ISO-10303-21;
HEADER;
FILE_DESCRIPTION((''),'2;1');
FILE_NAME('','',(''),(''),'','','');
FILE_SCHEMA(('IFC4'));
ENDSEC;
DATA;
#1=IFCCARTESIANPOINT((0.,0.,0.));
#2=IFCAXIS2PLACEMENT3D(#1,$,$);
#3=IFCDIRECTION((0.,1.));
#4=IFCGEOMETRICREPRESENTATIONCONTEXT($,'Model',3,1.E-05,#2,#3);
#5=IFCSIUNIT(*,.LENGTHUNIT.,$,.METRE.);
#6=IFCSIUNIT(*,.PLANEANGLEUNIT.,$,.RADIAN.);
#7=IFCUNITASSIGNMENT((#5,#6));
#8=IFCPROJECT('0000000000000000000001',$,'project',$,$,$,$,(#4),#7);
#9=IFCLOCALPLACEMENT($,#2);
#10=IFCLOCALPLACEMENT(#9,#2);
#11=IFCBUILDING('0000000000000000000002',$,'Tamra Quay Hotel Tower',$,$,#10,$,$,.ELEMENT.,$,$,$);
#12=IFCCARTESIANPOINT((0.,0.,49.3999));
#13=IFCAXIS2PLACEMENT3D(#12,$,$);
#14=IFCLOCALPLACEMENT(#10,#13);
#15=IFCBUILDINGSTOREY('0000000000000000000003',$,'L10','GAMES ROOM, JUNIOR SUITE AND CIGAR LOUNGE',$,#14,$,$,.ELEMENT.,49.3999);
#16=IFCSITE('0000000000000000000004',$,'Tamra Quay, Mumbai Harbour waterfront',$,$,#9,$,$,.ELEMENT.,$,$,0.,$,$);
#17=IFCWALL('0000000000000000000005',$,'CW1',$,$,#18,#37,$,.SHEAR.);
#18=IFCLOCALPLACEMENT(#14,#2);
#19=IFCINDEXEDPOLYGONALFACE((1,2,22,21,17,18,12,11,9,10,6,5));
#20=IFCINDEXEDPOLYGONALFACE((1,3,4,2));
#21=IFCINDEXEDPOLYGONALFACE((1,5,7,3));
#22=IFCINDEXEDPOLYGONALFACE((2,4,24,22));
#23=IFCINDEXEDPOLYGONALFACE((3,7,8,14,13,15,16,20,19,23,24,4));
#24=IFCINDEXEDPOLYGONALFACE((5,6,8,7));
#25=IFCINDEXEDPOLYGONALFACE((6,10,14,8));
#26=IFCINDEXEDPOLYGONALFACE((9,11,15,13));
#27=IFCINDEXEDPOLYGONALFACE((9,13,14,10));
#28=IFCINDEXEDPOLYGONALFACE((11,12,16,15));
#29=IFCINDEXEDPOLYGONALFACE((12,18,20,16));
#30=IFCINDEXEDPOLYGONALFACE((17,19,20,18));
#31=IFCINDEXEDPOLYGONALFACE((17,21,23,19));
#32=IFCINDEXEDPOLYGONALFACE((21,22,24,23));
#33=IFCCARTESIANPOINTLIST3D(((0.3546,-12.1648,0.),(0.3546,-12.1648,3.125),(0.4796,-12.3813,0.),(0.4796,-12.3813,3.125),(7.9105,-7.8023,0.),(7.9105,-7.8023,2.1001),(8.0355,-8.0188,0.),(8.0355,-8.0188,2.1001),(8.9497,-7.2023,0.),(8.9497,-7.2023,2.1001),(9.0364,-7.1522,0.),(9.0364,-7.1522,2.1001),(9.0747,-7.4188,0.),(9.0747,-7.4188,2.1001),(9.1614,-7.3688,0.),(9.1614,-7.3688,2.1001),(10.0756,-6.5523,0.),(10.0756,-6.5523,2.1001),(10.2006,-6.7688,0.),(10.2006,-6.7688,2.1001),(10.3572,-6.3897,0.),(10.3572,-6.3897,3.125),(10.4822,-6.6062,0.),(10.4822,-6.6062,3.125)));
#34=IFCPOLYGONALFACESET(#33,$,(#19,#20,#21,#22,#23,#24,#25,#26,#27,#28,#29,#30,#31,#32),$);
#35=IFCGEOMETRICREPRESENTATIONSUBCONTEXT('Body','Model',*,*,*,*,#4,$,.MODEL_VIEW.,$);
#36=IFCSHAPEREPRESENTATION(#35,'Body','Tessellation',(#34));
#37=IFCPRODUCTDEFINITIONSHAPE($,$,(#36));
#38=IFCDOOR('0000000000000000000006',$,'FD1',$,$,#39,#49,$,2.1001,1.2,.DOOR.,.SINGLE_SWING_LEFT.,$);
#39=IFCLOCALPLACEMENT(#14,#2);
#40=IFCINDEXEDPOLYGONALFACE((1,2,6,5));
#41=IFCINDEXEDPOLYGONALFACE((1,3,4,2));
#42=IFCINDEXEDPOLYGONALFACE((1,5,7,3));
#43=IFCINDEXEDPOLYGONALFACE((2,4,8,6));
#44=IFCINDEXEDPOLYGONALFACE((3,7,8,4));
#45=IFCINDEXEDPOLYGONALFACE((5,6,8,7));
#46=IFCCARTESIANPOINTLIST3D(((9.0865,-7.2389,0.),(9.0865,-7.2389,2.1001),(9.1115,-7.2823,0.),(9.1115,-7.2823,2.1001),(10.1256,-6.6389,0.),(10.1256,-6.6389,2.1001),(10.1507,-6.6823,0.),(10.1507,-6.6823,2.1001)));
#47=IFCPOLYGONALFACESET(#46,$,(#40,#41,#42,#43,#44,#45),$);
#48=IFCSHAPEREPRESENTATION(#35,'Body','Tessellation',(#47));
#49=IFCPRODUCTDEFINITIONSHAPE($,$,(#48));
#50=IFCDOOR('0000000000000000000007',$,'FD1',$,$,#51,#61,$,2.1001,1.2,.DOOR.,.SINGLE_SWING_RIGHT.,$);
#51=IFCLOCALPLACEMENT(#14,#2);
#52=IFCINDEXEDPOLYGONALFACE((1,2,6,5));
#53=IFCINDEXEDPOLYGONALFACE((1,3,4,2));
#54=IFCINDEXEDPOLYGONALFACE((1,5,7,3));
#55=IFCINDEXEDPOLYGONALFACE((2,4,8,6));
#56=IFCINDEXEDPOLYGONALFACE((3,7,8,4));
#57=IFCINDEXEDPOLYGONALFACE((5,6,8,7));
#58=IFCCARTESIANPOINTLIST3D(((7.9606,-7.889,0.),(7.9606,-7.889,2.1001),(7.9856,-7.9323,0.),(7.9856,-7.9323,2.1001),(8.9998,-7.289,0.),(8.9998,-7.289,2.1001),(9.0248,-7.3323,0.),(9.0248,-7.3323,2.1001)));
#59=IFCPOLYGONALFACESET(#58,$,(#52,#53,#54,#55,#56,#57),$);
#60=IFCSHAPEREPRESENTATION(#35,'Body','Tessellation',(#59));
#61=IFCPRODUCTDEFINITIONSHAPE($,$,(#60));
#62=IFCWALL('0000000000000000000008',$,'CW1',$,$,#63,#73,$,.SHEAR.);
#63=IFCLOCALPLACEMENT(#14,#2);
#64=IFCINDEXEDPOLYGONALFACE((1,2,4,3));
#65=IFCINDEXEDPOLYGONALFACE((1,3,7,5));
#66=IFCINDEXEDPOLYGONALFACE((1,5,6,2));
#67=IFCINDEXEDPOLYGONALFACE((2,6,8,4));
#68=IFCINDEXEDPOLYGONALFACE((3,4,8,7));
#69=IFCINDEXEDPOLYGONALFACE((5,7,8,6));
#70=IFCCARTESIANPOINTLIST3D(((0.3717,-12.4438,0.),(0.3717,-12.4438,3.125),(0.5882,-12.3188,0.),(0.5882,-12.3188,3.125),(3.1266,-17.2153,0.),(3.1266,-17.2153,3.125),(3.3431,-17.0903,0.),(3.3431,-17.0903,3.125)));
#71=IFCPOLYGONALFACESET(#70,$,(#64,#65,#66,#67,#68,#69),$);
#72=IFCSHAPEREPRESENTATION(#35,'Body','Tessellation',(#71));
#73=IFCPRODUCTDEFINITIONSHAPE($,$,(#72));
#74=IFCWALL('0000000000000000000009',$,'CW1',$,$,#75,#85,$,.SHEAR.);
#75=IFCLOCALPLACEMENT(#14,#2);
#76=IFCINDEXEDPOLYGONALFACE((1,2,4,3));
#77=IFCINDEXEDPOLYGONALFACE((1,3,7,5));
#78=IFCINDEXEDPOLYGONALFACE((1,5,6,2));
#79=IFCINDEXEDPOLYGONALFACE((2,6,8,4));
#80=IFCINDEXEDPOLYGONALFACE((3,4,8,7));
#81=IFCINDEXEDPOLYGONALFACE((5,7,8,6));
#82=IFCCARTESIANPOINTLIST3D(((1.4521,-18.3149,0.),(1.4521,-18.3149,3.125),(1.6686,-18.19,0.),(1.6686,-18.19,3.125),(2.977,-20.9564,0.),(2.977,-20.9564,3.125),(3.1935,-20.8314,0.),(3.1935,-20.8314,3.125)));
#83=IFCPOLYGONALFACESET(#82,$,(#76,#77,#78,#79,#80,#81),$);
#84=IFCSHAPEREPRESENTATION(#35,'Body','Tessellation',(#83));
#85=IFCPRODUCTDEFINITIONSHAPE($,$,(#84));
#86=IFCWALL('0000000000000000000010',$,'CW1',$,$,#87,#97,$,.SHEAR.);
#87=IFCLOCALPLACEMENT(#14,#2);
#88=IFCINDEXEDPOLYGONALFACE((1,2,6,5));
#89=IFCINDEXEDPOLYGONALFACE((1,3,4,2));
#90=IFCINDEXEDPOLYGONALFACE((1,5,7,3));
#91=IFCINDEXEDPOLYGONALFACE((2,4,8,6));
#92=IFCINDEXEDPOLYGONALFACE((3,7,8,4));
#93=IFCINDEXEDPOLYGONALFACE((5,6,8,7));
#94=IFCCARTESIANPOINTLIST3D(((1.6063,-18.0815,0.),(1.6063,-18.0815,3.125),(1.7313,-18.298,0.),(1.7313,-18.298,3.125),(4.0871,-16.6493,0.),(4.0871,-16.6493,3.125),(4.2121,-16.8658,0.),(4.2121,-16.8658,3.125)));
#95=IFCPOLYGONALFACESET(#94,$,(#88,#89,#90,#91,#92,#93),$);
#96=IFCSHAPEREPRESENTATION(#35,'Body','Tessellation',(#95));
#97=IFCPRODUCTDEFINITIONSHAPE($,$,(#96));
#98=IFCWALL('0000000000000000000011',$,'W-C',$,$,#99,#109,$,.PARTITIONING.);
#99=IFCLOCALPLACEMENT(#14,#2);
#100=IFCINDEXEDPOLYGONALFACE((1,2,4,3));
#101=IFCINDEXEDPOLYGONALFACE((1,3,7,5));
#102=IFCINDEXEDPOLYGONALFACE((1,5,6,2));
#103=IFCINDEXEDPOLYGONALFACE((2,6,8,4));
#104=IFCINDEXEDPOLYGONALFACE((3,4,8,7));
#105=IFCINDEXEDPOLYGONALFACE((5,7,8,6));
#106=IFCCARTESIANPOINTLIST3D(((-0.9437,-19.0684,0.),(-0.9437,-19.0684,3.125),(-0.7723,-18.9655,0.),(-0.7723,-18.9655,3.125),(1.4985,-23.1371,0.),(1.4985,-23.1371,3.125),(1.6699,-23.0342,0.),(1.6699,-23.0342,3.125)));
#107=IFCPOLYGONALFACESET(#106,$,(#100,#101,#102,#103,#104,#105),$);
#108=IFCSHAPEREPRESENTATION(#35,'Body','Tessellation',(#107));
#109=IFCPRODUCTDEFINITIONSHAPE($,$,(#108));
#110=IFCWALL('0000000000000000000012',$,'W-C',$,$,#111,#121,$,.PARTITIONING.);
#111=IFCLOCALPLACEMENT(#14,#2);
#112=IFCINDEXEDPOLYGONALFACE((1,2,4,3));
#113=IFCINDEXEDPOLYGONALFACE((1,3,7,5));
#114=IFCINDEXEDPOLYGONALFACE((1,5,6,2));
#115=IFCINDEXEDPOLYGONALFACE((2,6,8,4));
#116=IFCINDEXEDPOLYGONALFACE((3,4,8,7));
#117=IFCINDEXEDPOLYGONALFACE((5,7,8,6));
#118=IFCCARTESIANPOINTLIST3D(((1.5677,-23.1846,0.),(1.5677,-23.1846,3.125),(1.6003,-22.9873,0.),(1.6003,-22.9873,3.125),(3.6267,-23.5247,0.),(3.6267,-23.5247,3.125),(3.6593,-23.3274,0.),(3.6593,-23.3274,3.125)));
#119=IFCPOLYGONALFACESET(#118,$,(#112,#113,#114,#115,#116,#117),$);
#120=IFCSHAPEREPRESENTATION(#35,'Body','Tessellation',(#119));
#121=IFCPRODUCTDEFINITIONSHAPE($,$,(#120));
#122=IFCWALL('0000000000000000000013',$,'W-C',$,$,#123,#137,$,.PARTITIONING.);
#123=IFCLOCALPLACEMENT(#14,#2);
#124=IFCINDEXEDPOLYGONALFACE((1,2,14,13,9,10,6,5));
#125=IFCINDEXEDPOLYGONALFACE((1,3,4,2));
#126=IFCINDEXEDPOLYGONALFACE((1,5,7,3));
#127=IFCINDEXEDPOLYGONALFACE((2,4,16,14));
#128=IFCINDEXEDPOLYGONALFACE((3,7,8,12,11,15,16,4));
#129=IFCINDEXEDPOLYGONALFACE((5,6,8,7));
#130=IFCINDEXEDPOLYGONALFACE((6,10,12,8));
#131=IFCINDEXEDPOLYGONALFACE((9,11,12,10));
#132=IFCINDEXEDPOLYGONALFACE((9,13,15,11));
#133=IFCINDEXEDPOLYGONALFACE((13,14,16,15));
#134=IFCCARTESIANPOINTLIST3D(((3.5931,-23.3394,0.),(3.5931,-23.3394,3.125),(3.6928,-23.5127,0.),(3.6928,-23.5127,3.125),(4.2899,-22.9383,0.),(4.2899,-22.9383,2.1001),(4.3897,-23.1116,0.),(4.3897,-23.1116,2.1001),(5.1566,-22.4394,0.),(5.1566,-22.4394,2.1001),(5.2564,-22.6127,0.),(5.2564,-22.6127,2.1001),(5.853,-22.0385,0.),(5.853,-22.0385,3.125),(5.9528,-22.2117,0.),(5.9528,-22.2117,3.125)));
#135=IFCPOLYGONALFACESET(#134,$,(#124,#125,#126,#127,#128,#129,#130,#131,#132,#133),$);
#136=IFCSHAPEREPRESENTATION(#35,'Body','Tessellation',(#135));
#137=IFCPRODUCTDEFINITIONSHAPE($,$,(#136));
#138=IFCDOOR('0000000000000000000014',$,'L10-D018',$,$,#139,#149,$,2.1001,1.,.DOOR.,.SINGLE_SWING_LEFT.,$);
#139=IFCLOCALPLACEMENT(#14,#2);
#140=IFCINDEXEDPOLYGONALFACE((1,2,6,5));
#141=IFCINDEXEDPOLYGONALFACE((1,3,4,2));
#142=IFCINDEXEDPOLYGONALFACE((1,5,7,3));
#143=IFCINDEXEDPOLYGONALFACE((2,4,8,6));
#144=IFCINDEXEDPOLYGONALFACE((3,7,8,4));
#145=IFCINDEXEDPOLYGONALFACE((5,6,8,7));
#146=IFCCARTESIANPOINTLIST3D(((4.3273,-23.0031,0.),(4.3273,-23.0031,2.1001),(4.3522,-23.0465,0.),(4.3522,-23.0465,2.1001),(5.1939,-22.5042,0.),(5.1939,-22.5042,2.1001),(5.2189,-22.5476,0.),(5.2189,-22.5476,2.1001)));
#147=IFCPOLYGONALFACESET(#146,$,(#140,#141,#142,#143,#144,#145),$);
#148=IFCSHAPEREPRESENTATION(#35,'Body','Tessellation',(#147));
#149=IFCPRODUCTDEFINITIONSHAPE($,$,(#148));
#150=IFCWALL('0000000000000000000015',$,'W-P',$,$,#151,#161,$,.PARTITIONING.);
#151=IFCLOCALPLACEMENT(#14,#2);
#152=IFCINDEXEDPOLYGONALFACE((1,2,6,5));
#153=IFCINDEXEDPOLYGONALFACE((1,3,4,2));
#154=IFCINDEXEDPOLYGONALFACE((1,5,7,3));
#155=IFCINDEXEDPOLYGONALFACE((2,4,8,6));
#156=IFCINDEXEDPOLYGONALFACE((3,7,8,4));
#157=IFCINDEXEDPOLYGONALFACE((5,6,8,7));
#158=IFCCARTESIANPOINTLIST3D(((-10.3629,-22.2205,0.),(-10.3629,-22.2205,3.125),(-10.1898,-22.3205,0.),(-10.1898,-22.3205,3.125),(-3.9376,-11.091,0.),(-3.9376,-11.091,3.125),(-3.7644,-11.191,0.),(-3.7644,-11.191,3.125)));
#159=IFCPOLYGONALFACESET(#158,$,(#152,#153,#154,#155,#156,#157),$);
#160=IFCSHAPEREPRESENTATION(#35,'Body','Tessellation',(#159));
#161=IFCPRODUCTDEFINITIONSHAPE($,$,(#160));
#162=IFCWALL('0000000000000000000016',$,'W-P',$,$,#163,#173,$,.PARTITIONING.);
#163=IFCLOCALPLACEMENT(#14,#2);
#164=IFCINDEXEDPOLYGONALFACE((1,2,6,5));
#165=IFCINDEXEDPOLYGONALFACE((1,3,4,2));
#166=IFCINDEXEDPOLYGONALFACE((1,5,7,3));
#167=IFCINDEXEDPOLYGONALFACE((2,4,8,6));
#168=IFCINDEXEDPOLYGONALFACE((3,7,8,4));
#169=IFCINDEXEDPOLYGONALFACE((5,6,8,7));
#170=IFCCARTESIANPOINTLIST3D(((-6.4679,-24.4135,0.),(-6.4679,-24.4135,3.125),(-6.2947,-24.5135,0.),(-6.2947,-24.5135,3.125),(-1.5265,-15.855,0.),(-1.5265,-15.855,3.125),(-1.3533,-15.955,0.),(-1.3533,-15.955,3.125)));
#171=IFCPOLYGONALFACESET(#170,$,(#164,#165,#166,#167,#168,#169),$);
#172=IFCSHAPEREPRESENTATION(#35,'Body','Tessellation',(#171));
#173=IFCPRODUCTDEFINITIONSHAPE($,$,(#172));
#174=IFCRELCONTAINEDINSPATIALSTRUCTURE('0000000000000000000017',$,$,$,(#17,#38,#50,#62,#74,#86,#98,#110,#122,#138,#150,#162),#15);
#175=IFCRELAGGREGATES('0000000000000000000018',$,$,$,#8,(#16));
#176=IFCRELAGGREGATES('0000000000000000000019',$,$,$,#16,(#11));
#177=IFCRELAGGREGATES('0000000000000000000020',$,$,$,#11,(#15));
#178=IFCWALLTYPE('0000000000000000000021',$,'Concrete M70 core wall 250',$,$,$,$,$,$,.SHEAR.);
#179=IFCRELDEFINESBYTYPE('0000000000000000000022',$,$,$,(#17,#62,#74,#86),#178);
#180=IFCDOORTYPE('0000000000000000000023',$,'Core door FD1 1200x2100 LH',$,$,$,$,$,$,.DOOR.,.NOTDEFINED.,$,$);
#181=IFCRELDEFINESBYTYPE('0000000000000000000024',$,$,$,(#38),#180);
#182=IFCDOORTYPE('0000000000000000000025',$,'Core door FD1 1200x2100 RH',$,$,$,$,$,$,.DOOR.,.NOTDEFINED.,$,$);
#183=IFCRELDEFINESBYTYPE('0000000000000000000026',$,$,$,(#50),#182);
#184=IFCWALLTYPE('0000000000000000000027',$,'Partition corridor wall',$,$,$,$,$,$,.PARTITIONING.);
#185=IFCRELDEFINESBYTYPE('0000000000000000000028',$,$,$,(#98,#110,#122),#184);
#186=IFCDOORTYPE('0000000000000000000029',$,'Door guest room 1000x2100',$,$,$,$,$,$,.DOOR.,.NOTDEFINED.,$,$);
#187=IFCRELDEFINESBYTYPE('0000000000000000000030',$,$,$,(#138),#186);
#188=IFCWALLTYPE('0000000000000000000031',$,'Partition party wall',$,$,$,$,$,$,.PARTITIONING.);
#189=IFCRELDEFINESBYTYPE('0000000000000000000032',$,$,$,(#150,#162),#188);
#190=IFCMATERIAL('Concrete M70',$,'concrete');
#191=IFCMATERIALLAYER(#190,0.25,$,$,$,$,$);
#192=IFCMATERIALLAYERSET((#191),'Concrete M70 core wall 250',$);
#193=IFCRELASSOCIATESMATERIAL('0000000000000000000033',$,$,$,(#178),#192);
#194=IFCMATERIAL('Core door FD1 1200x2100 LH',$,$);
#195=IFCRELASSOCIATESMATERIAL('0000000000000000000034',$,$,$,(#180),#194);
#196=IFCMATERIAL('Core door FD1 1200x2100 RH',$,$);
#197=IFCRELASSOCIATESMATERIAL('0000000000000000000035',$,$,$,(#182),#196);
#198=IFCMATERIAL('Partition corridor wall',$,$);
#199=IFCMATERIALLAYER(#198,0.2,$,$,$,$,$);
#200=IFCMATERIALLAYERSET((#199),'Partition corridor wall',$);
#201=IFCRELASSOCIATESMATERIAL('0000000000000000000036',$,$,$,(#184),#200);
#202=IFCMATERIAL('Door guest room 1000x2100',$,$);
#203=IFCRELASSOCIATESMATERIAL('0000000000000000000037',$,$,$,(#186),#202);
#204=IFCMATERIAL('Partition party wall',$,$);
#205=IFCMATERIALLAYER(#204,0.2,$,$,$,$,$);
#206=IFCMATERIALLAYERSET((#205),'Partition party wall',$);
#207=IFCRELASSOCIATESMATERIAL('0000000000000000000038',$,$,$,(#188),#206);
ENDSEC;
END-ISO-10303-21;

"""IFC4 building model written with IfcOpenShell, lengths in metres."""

from ifc_helpers import new_model, si_unit, direction, frame, frame_2d, origin, place, context, subcontext, project, spatial, rectangle, extrude, material, layer, layer_set, type_object, element, fill, save


model = new_model("IFC4")

# Units and contexts
model_context = context("Model", 3, precision=1e-05, world=origin(), true_north=direction((0.0, 1.0)))
body_context = subcontext(model_context, "Body", "Model", "MODEL_VIEW")
ifc_project = project(units=[si_unit("LENGTHUNIT", "METRE"), si_unit("PLANEANGLEUNIT", "RADIAN")], contexts=[model_context])

# Site, building, storey
site_placement = place(None, origin())
site = spatial("IfcSite", under=ifc_project, at=site_placement, Name="Tamra Quay, Mumbai Harbour waterfront", CompositionType="ELEMENT", RefElevation=0.0)
building_placement = place(site_placement, origin())
building = spatial("IfcBuilding", under=site, at=building_placement, Name="Tamra Quay Hotel Tower", CompositionType="ELEMENT")
storey_placement = place(building_placement, frame((0.0, 0.0, 49.3999)))
storey = spatial("IfcBuildingStorey", under=building, at=storey_placement, Name="L10", Description="GAMES ROOM, JUNIOR SUITE AND CIGAR LOUNGE", CompositionType="ELEMENT", Elevation=49.3999)

# Shared definitions
ifc_material_1 = material(Name="Concrete M70", Category="concrete")

# Wall, openings, doors
ifc_layer_1 = layer(ifc_material_1, 0.25)
ifc_layer_set_1 = layer_set([ifc_layer_1], Name="Concrete M70 core wall 250")
wall_type_1 = type_object("IfcWallType", Name="Concrete M70 core wall 250", PredefinedType="SHEAR", material=ifc_layer_set_1)
wall_1_placement = place(storey_placement, frame((0.4172, -12.2729, 0.0), z_axis=(0.0, 0.0, 1.0), x_axis=(0.866022, 0.500006, 0.0)))
wall_1 = element("IfcWall", 1, at=wall_1_placement, inside=storey, type_object=wall_type_1, Name="CW1", PredefinedType="SHEAR", context=body_context, shape_type="SweptSolid", body=[
    extrude(rectangle(XDim=11.55, YDim=0.25, at=frame_2d((5.7749, 0.0))), origin(), (0.0, 0.0, 1.0), 3.125),
])
opening_1_placement = place(wall_1_placement, frame((10.0247, 0.0, 0.0)))
opening_1 = element("IfcOpeningElement", 2, at=opening_1_placement, cuts=wall_1, PredefinedType="OPENING", context=body_context, shape_type="SweptSolid", body=[
    extrude(rectangle(XDim=1.2, YDim=2.1001, at=frame_2d((0.6001, 1.05))), frame((0.0, 0.135, 0.0), z_axis=(0.0, -1.0, 0.0), x_axis=(1.0, 0.0, 0.0)), (0.0, 0.0, 1.0), 0.27),
])
opening_2_placement = place(wall_1_placement, frame((8.7246, 0.0, 0.0)))
opening_2 = element("IfcOpeningElement", 3, at=opening_2_placement, cuts=wall_1, PredefinedType="OPENING", context=body_context, shape_type="SweptSolid", body=[
    extrude(rectangle(XDim=1.2, YDim=2.1001, at=frame_2d((0.6001, 1.05))), frame((0.0, 0.135, 0.0), z_axis=(0.0, -1.0, 0.0), x_axis=(1.0, 0.0, 0.0)), (0.0, 0.0, 1.0), 0.27),
])
ifc_material_2 = material(Name="Core door FD1 1200x2100 LH")
door_type_1 = type_object("IfcDoorType", Name="Core door FD1 1200x2100 LH", OperationType="NOTDEFINED", PredefinedType="DOOR", material=ifc_material_2)
door_1_placement = place(opening_1_placement, origin())
door_1 = element("IfcDoor", 4, at=door_1_placement, inside=storey, type_object=door_type_1, Name="FD1", OperationType="SINGLE_SWING_LEFT", OverallHeight=2.1001, OverallWidth=1.2, PredefinedType="DOOR", context=body_context, shape_type="SweptSolid", body=[
    extrude(rectangle(XDim=1.2, YDim=2.1001, at=frame_2d((0.6001, 1.05))), frame((0.0, 0.0249, 0.0), z_axis=(0.0, -1.0, 0.0), x_axis=(1.0, 0.0, 0.0)), (0.0, 0.0, 1.0), 0.05),
])
fill(opening_1, door_1)
ifc_material_3 = material(Name="Core door FD1 1200x2100 RH")
door_type_2 = type_object("IfcDoorType", Name="Core door FD1 1200x2100 RH", OperationType="NOTDEFINED", PredefinedType="DOOR", material=ifc_material_3)
door_2_placement = place(opening_2_placement, origin())
door_2 = element("IfcDoor", 5, at=door_2_placement, inside=storey, type_object=door_type_2, Name="FD1", OperationType="SINGLE_SWING_RIGHT", OverallHeight=2.1001, OverallWidth=1.2, PredefinedType="DOOR", context=body_context, shape_type="SweptSolid", body=[
    extrude(rectangle(XDim=1.2, YDim=2.1001, at=frame_2d((0.6001, 1.05))), frame((0.0, 0.0249, 0.0), z_axis=(0.0, -1.0, 0.0), x_axis=(1.0, 0.0, 0.0)), (0.0, 0.0, 1.0), 0.05),
])
fill(opening_2, door_2)

# Walls
wall_2_placement = place(storey_placement, frame((3.2349, -17.1528, 0.0), z_axis=(0.0, 0.0, 1.0), x_axis=(-0.500009, 0.86602, 0.0)))
element("IfcWall", 6, at=wall_2_placement, inside=storey, type_object=wall_type_1, Name="CW1", PredefinedType="SHEAR", context=body_context, shape_type="SweptSolid", body=[
    extrude(rectangle(XDim=5.5098, YDim=0.25, at=frame_2d((2.7549, 0.0))), origin(), (0.0, 0.0, 1.0), 3.125),
])
wall_3_placement = place(storey_placement, frame((3.0852, -20.8938, 0.0), z_axis=(0.0, 0.0, 1.0), x_axis=(-0.499979, 0.866038, 0.0)))
element("IfcWall", 7, at=wall_3_placement, inside=storey, type_object=wall_type_1, Name="CW1", PredefinedType="SHEAR", context=body_context, shape_type="SweptSolid", body=[
    extrude(rectangle(XDim=3.05, YDim=0.25, at=frame_2d((1.5249, 0.0))), origin(), (0.0, 0.0, 1.0), 3.125),
])
wall_4_placement = place(storey_placement, frame((1.6689, -18.1897, 0.0), z_axis=(0.0, 0.0, 1.0), x_axis=(0.866042, 0.499971, 0.0)))
element("IfcWall", 8, at=wall_4_placement, inside=storey, type_object=wall_type_1, Name="CW1", PredefinedType="SHEAR", context=body_context, shape_type="SweptSolid", body=[
    extrude(rectangle(XDim=2.8645, YDim=0.25, at=frame_2d((1.4321, 0.0))), origin(), (0.0, 0.0, 1.0), 3.125),
])
ifc_material_4 = material(Name="Partition corridor wall")
ifc_layer_2 = layer(ifc_material_4, 0.2)
ifc_layer_set_2 = layer_set([ifc_layer_2], Name="Partition corridor wall")
wall_type_2 = type_object("IfcWallType", Name="Partition corridor wall", PredefinedType="PARTITIONING", material=ifc_layer_set_2)
wall_5_placement = place(storey_placement, frame((-0.8579, -19.0171, 0.0), z_axis=(0.0, 0.0, 1.0), x_axis=(0.514647, -0.857402, 0.0)))
element("IfcWall", 9, at=wall_5_placement, inside=storey, type_object=wall_type_2, Name="W-C", PredefinedType="PARTITIONING", context=body_context, shape_type="SweptSolid", body=[
    extrude(rectangle(XDim=4.7454, YDim=0.2, at=frame_2d((2.3726, 0.0))), origin(), (0.0, 0.0, 1.0), 3.125),
])
wall_6_placement = place(storey_placement, frame((1.584, -23.0859, 0.0), z_axis=(0.0, 0.0, 1.0), x_axis=(0.986633, -0.162957, 0.0)))
element("IfcWall", 10, at=wall_6_placement, inside=storey, type_object=wall_type_2, Name="W-C", PredefinedType="PARTITIONING", context=body_context, shape_type="SweptSolid", body=[
    extrude(rectangle(XDim=2.0869, YDim=0.2, at=frame_2d((1.0435, 0.0))), origin(), (0.0, 0.0, 1.0), 3.125),
])

# Wall, opening, door
wall_7_placement = place(storey_placement, frame((3.6431, -23.426, 0.0), z_axis=(0.0, 0.0, 1.0), x_axis=(0.866654, 0.498909, 0.0)))
wall_7 = element("IfcWall", 11, at=wall_7_placement, inside=storey, type_object=wall_type_2, Name="W-C", PredefinedType="PARTITIONING", context=body_context, shape_type="SweptSolid", body=[
    extrude(rectangle(XDim=2.6077, YDim=0.2, at=frame_2d((1.3037, 0.0))), origin(), (0.0, 0.0, 1.0), 3.125),
])
opening_3_placement = place(wall_7_placement, frame((0.804, 0.0, 0.0)))
opening_3 = element("IfcOpeningElement", 12, at=opening_3_placement, cuts=wall_7, PredefinedType="OPENING", context=body_context, shape_type="SweptSolid", body=[
    extrude(rectangle(XDim=1.0, YDim=2.1001, at=frame_2d((0.5, 1.05))), frame((0.0, 0.1099, 0.0), z_axis=(0.0, -1.0, 0.0), x_axis=(1.0, 0.0, 0.0)), (0.0, 0.0, 1.0), 0.22),
])
ifc_material_5 = material(Name="Door guest room 1000x2100")
door_type_3 = type_object("IfcDoorType", Name="Door guest room 1000x2100", OperationType="NOTDEFINED", PredefinedType="DOOR", material=ifc_material_5)
door_3_placement = place(opening_3_placement, frame((1.0, 0.0, 0.0), z_axis=(0.0, 0.0, 1.0), x_axis=(-1.0, 0.0, 0.0)))
door_3 = element("IfcDoor", 13, at=door_3_placement, inside=storey, type_object=door_type_3, Name="L10-D018", OperationType="SINGLE_SWING_LEFT", OverallHeight=2.1001, OverallWidth=1.0, PredefinedType="DOOR", context=body_context, shape_type="SweptSolid", body=[
    extrude(rectangle(XDim=1.0, YDim=2.1001, at=frame_2d((0.5, 1.05))), frame((0.0, 0.0249, 0.0), z_axis=(0.0, -1.0, 0.0), x_axis=(1.0, 0.0, 0.0)), (0.0, 0.0, 1.0), 0.05),
])
fill(opening_3, door_3)

# Walls
ifc_material_6 = material(Name="Partition party wall")
ifc_layer_3 = layer(ifc_material_6, 0.2)
ifc_layer_set_3 = layer_set([ifc_layer_3], Name="Partition party wall")
wall_type_3 = type_object("IfcWallType", Name="Partition party wall", PredefinedType="PARTITIONING", material=ifc_layer_set_3)
wall_8_placement = place(storey_placement, frame((-10.2764, -22.2705, 0.0), z_axis=(0.0, 0.0, 1.0), x_axis=(0.499984, 0.866034, 0.0)))
element("IfcWall", 14, at=wall_8_placement, inside=storey, type_object=wall_type_3, Name="W-P", PredefinedType="PARTITIONING", context=body_context, shape_type="SweptSolid", body=[
    extrude(rectangle(XDim=12.8511, YDim=0.2, at=frame_2d((6.4255, 0.0))), origin(), (0.0, 0.0, 1.0), 3.125),
])
wall_9_placement = place(storey_placement, frame((-6.3813, -24.4636, 0.0), z_axis=(0.0, 0.0, 1.0), x_axis=(0.500008, 0.866021, 0.0)))
element("IfcWall", 15, at=wall_9_placement, inside=storey, type_object=wall_type_3, Name="W-P", PredefinedType="PARTITIONING", context=body_context, shape_type="SweptSolid", body=[
    extrude(rectangle(XDim=9.8826, YDim=0.2, at=frame_2d((4.9414, 0.0))), origin(), (0.0, 0.0, 1.0), 3.125),
])

save(model, "model.ifc")
